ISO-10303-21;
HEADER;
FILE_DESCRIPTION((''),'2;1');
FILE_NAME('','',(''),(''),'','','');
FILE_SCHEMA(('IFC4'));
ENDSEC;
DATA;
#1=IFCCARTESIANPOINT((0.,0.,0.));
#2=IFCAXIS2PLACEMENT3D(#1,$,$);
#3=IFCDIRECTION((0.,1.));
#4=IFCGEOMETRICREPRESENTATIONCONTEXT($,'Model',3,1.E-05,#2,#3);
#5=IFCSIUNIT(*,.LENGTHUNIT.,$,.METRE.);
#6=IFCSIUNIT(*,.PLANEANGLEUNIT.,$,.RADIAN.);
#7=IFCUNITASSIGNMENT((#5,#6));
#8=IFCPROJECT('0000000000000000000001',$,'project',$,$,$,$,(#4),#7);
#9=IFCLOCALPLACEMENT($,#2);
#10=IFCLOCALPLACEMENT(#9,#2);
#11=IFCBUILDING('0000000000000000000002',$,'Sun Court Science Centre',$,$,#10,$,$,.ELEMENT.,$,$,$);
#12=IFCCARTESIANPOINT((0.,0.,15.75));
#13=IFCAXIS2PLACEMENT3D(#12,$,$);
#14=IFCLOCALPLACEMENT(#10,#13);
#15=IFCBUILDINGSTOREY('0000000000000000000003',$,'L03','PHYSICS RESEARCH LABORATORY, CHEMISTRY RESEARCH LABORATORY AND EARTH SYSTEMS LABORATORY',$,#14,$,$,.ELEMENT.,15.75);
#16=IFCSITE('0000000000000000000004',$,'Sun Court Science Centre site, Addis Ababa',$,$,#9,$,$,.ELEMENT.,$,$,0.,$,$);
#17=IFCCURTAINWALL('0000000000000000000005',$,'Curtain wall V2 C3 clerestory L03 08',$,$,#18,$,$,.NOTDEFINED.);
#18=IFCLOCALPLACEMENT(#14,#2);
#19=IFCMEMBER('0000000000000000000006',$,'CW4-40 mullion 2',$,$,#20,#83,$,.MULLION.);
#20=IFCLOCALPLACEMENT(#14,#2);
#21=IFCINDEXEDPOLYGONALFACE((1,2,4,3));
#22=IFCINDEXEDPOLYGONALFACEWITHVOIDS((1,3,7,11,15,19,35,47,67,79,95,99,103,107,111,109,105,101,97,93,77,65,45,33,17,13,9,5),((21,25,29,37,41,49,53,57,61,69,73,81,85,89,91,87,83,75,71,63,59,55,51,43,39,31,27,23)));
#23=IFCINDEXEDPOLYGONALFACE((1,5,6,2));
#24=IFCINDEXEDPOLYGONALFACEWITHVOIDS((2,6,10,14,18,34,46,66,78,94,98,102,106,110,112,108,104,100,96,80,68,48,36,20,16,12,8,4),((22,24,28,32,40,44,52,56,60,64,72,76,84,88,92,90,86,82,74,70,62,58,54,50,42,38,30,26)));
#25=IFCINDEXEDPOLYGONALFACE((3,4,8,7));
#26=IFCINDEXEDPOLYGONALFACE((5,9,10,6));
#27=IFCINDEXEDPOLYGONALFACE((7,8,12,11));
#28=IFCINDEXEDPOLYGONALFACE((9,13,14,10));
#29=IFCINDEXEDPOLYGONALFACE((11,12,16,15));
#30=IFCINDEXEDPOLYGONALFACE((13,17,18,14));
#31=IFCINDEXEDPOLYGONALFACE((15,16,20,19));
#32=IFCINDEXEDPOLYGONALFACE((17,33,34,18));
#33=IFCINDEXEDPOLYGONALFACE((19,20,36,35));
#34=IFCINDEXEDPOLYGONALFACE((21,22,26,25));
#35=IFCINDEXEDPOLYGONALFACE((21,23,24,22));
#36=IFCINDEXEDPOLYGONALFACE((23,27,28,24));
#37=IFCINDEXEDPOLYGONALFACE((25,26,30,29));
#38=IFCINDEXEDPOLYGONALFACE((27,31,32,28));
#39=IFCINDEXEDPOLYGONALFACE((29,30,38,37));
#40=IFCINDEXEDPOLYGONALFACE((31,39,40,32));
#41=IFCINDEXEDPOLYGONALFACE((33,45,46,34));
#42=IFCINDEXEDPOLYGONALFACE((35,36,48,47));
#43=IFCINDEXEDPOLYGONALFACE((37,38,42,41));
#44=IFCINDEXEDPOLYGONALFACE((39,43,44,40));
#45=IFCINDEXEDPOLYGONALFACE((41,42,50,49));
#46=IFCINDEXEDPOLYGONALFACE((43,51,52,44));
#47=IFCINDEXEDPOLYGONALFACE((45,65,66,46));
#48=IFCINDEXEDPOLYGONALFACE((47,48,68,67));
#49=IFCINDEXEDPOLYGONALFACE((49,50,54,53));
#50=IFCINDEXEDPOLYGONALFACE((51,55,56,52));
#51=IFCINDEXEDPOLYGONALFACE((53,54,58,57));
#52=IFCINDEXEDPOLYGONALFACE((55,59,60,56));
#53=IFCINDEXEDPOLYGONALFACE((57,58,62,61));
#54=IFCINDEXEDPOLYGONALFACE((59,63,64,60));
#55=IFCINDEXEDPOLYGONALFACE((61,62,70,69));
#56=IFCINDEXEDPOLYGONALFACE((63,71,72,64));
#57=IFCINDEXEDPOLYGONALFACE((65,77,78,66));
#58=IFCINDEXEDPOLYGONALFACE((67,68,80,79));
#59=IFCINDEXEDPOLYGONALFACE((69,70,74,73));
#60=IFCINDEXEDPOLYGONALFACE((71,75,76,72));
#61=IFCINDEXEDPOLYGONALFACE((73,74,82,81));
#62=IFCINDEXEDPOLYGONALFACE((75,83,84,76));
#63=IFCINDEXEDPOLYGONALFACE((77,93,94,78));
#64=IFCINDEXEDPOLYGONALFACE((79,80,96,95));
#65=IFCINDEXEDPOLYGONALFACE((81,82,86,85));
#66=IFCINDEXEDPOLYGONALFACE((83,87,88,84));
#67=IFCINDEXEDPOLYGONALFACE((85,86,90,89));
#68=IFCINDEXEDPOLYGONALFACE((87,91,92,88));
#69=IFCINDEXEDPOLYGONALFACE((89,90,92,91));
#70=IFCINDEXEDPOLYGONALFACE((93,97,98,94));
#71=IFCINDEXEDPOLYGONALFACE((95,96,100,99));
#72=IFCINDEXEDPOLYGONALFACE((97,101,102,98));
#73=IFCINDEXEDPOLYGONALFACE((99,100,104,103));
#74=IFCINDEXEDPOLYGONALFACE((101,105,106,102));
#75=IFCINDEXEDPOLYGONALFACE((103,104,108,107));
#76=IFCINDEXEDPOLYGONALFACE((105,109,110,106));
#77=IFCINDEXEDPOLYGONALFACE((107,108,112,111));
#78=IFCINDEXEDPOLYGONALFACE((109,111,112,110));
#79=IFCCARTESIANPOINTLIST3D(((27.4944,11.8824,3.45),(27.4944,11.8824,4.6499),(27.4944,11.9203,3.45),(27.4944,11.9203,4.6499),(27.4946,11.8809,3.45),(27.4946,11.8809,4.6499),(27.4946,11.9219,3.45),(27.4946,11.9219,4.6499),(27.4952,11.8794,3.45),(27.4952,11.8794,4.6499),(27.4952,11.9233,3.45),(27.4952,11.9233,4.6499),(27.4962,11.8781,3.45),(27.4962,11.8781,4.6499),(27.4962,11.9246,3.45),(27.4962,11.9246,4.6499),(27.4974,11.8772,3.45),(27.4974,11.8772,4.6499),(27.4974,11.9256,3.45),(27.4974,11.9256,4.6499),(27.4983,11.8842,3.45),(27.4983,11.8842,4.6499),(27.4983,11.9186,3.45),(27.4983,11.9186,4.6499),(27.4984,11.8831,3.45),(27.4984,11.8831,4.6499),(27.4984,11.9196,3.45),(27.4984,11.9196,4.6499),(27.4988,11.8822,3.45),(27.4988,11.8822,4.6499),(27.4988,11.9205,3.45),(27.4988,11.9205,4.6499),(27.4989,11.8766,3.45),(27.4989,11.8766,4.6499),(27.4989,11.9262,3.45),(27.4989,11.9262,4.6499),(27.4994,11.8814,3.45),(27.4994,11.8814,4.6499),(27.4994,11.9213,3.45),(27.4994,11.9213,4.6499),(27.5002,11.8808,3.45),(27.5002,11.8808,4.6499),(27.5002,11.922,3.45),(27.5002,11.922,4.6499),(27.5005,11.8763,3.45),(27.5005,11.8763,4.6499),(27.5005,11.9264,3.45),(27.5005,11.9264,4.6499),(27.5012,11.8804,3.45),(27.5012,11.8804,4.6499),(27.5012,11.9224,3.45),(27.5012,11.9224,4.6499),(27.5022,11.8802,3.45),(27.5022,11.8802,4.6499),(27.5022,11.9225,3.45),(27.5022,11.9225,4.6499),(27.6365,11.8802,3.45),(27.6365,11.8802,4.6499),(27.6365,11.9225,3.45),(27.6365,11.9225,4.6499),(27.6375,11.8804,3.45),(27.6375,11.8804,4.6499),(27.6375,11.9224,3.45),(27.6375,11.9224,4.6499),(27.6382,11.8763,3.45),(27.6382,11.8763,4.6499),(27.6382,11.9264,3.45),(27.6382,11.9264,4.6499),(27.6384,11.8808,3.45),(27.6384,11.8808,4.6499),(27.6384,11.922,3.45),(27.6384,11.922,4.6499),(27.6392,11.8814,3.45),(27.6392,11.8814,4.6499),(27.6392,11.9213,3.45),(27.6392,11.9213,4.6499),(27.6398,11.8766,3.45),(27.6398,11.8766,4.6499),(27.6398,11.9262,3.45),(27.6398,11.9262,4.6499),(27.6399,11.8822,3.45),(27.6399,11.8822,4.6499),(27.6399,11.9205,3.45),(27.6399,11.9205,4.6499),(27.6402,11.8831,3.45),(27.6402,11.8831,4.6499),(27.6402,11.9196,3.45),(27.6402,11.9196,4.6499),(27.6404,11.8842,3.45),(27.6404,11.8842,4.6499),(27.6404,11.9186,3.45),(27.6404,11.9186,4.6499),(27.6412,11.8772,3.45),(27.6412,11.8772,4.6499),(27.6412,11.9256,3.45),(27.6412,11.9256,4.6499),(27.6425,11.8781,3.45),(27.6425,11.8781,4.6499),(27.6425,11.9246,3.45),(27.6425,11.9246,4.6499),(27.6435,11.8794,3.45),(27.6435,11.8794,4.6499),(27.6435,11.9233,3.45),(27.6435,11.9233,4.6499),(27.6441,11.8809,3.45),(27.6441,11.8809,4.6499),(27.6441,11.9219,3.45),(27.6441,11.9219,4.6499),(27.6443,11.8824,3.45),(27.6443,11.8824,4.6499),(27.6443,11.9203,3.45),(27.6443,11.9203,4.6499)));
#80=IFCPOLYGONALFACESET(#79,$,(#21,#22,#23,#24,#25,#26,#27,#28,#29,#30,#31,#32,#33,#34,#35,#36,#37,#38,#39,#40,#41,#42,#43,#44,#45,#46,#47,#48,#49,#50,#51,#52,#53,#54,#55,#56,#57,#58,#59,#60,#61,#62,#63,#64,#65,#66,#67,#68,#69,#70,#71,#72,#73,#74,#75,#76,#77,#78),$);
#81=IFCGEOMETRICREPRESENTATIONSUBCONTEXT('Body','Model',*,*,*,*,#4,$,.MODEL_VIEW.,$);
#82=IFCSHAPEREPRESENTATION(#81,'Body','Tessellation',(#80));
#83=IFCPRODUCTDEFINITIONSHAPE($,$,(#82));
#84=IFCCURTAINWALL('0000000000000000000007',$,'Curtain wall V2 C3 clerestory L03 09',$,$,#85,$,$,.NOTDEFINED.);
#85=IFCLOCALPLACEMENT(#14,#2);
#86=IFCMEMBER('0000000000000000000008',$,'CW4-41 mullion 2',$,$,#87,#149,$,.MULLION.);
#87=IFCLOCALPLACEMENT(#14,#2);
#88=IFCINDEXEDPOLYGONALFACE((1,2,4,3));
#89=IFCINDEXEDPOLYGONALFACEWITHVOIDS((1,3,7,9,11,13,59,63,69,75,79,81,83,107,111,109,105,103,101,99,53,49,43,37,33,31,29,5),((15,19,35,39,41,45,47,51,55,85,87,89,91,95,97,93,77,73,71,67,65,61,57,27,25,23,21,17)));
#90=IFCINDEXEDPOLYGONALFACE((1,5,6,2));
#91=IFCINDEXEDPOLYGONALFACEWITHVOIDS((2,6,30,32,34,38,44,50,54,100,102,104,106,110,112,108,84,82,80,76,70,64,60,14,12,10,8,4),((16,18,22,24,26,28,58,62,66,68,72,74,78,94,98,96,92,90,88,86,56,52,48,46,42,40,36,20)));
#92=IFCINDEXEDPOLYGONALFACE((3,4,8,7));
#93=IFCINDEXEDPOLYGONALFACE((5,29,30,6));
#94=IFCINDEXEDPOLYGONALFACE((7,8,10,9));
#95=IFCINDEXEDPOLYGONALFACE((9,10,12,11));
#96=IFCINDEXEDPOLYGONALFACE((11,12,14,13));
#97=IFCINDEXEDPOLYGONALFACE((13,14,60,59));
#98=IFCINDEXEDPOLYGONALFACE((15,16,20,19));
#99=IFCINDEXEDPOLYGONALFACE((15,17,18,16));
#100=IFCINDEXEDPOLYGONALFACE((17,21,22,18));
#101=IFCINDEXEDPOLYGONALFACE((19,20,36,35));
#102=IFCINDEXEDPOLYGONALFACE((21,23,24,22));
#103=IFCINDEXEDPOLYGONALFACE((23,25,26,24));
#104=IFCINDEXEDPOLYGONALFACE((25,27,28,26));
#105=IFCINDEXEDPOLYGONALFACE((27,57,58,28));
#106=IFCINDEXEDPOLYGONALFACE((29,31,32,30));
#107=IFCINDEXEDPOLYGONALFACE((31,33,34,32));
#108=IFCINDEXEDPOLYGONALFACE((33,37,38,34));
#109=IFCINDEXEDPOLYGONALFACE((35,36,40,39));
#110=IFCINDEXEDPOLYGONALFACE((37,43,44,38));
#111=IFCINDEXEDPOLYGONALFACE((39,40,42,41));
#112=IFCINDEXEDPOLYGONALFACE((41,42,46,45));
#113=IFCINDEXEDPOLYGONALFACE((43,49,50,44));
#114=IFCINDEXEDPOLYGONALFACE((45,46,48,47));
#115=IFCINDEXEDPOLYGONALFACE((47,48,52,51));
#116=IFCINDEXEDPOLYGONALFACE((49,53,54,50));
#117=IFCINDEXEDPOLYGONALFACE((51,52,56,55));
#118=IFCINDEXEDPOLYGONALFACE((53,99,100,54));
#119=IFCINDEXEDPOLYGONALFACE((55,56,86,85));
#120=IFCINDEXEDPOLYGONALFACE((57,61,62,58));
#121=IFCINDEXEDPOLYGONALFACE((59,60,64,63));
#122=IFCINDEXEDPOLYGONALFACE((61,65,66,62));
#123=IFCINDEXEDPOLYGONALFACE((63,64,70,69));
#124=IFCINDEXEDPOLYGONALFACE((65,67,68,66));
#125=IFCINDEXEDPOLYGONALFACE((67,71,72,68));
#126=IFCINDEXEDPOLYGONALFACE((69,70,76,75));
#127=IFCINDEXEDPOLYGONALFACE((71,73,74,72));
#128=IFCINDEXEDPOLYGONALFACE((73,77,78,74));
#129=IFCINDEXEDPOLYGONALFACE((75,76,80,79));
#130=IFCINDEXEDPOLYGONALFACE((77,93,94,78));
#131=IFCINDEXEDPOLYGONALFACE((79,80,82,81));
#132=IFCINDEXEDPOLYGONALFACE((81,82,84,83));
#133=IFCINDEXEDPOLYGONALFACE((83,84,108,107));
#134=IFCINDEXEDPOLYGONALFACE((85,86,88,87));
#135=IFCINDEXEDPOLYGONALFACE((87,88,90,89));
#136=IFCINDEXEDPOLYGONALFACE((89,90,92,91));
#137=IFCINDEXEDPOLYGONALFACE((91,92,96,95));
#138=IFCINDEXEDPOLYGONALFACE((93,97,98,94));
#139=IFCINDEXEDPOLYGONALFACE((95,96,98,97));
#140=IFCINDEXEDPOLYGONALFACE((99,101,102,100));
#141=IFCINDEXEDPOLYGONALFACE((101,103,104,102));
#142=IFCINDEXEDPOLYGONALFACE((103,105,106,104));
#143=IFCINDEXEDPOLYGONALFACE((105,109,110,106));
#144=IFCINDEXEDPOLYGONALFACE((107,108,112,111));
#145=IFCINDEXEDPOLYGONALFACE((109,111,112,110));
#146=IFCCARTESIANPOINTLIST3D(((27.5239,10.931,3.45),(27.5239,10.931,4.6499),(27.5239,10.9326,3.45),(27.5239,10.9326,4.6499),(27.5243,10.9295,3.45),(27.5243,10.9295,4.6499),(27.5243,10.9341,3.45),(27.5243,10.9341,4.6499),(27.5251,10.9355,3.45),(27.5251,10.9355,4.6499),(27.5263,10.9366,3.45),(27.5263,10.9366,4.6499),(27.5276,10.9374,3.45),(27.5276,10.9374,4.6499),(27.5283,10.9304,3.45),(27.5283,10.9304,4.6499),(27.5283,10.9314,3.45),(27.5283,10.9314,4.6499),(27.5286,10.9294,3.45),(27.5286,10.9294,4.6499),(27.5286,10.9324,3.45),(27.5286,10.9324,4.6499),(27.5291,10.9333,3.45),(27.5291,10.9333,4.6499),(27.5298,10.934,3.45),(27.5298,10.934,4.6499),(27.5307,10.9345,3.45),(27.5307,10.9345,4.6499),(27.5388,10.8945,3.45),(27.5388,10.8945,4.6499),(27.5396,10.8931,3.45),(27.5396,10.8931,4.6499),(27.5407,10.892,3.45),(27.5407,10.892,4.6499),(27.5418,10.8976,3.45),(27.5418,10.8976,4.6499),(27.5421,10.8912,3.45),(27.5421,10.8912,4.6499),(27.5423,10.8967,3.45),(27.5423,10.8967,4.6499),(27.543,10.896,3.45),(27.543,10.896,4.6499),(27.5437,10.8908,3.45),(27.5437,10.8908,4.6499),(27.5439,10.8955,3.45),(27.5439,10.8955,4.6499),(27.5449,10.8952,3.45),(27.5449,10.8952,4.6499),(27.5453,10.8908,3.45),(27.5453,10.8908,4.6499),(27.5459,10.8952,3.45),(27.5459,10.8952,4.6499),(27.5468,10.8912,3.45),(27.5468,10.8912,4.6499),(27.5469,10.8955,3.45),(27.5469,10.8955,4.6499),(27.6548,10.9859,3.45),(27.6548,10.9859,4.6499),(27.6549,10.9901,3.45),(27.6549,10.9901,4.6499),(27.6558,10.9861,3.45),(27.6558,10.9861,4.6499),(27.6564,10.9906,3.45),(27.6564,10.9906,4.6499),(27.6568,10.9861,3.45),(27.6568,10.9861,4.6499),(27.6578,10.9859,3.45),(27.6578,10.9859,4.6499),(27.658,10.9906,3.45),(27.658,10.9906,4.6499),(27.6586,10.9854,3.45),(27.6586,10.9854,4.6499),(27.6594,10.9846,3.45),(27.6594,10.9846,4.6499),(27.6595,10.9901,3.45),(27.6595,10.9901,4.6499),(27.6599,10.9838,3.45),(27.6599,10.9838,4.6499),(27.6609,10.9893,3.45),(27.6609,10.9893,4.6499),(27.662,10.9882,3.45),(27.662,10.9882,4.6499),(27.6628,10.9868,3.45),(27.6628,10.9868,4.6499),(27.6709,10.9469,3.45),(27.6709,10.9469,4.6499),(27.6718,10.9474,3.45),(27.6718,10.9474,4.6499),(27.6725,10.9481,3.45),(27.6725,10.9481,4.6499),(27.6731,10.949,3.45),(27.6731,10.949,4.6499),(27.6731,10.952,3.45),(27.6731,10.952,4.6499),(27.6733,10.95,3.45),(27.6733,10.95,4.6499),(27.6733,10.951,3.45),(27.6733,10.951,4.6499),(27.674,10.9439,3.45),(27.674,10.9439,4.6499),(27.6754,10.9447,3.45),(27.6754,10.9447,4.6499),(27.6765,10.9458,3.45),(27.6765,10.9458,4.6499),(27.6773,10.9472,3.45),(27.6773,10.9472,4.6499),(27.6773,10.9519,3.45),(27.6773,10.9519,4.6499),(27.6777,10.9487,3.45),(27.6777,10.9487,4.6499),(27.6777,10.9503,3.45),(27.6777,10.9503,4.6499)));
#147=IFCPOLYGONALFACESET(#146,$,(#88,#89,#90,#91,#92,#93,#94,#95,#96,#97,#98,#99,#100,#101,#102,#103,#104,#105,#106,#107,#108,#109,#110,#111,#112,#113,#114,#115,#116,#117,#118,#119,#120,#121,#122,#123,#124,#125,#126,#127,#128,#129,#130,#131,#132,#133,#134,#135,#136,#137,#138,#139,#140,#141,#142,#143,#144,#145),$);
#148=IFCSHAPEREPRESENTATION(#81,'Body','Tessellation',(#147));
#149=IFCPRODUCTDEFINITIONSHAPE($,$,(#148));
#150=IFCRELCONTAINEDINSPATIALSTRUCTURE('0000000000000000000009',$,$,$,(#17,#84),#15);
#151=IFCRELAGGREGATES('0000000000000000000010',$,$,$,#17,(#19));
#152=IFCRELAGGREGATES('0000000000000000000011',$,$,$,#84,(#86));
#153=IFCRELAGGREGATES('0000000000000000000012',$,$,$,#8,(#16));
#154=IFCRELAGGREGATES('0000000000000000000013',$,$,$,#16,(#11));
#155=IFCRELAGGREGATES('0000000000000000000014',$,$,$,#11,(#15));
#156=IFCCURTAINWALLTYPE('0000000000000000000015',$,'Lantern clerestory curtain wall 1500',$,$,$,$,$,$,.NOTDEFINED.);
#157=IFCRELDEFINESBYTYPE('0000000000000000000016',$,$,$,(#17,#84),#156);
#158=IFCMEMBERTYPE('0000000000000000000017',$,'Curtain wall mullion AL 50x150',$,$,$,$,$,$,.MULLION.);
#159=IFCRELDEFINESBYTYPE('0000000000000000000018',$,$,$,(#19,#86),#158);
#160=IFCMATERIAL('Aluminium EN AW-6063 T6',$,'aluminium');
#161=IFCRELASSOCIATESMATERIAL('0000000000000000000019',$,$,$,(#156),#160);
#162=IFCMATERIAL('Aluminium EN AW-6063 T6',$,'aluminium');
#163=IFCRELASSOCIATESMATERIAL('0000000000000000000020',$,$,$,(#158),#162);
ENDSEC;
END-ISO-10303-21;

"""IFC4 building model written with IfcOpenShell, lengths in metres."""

from ifc_helpers import new_model, si_unit, direction, frame, origin, origin_2d, place, context, subcontext, project, spatial, hollow_rectangle, extrude, material, material_profile, profile_set, type_object, element, aggregate, save


model = new_model("IFC4")

# Units and contexts
model_context = context("Model", 3, precision=1e-05, world=origin(), true_north=direction((0.0, 1.0)))
body_context = subcontext(model_context, "Body", "Model", "MODEL_VIEW")
ifc_project = project(units=[si_unit("LENGTHUNIT", "METRE"), si_unit("PLANEANGLEUNIT", "RADIAN")], contexts=[model_context])

# Site, building, storey
site_placement = place(None, origin())
site = spatial("IfcSite", under=ifc_project, at=site_placement, Name="Sun Court Science Centre site, Addis Ababa", CompositionType="ELEMENT", RefElevation=0.0)
building_placement = place(site_placement, origin())
building = spatial("IfcBuilding", under=site, at=building_placement, Name="Sun Court Science Centre", CompositionType="ELEMENT")
storey_placement = place(building_placement, frame((0.0, 0.0, 15.75)))
storey = spatial("IfcBuildingStorey", under=building, at=storey_placement, Name="L03", Description="PHYSICS RESEARCH LABORATORY, CHEMISTRY RESEARCH LABORATORY AND EARTH SYSTEMS LABORATORY", CompositionType="ELEMENT", Elevation=15.75)

# Shared definitions
ifc_material_1 = material(Name="Aluminium EN AW-6063 T6", Category="aluminium")
curtain_wall_type = type_object("IfcCurtainWallType", Name="Lantern clerestory curtain wall 1500", PredefinedType="NOTDEFINED", material=ifc_material_1)
ifc_material_2 = material(Name="Aluminium EN AW-6063 T6", Category="aluminium")
ifc_material_profile_1 = material_profile(ifc_material_2, hollow_rectangle(XDim=0.05, YDim=0.1499, WallThickness=0.0039, InnerFilletRadius=0.0039, OuterFilletRadius=0.0061, at=origin_2d()), Name="AL 50x150x4")
ifc_profile_set_1 = profile_set([ifc_material_profile_1], Name="Aluminium EN AW-6063 T6")
member_type_1 = type_object("IfcMemberType", Name="Curtain wall mullion AL 50x150", PredefinedType="MULLION", material=ifc_profile_set_1)

# Curtain wall, member
curtain_wall_1_placement = place(storey_placement, origin())
curtain_wall_1 = element("IfcCurtainWall", 1, at=curtain_wall_1_placement, inside=storey, type_object=curtain_wall_type, Name="Curtain wall V2 C3 clerestory L03 08", PredefinedType="NOTDEFINED")
member_1_placement = place(storey_placement, frame((27.5693, 11.9014, 3.45), z_axis=(0.0, 0.0, 1.0), x_axis=(0.0, 1.0, 0.0)))
member_1 = element("IfcMember", 2, at=member_1_placement, type_object=member_type_1, Name="CW4-40 mullion 2", PredefinedType="MULLION", context=body_context, shape_type="SweptSolid", body=[
    extrude(hollow_rectangle(XDim=0.05, YDim=0.1499, WallThickness=0.0039, InnerFilletRadius=0.0039, OuterFilletRadius=0.0061, at=origin_2d()), origin(), (0.0, 0.0, 1.0), 1.2),
])

# Curtain wall, member
curtain_wall_2_placement = place(storey_placement, origin())
curtain_wall_2 = element("IfcCurtainWall", 3, at=curtain_wall_2_placement, inside=storey, type_object=curtain_wall_type, Name="Curtain wall V2 C3 clerestory L03 09", PredefinedType="NOTDEFINED")
member_2_placement = place(storey_placement, frame((27.6008, 10.9407, 3.45), z_axis=(0.0, 0.0, 1.0), x_axis=(-0.382683, 0.92388, 0.0)))
member_2 = element("IfcMember", 4, at=member_2_placement, type_object=member_type_1, Name="CW4-41 mullion 2", PredefinedType="MULLION", context=body_context, shape_type="SweptSolid", body=[
    extrude(hollow_rectangle(XDim=0.05, YDim=0.1499, WallThickness=0.0039, InnerFilletRadius=0.0039, OuterFilletRadius=0.0061, at=origin_2d()), origin(), (0.0, 0.0, 1.0), 1.2),
])

aggregate(curtain_wall_1, [member_1])
aggregate(curtain_wall_2, [member_2])

save(model, "model.ifc")
